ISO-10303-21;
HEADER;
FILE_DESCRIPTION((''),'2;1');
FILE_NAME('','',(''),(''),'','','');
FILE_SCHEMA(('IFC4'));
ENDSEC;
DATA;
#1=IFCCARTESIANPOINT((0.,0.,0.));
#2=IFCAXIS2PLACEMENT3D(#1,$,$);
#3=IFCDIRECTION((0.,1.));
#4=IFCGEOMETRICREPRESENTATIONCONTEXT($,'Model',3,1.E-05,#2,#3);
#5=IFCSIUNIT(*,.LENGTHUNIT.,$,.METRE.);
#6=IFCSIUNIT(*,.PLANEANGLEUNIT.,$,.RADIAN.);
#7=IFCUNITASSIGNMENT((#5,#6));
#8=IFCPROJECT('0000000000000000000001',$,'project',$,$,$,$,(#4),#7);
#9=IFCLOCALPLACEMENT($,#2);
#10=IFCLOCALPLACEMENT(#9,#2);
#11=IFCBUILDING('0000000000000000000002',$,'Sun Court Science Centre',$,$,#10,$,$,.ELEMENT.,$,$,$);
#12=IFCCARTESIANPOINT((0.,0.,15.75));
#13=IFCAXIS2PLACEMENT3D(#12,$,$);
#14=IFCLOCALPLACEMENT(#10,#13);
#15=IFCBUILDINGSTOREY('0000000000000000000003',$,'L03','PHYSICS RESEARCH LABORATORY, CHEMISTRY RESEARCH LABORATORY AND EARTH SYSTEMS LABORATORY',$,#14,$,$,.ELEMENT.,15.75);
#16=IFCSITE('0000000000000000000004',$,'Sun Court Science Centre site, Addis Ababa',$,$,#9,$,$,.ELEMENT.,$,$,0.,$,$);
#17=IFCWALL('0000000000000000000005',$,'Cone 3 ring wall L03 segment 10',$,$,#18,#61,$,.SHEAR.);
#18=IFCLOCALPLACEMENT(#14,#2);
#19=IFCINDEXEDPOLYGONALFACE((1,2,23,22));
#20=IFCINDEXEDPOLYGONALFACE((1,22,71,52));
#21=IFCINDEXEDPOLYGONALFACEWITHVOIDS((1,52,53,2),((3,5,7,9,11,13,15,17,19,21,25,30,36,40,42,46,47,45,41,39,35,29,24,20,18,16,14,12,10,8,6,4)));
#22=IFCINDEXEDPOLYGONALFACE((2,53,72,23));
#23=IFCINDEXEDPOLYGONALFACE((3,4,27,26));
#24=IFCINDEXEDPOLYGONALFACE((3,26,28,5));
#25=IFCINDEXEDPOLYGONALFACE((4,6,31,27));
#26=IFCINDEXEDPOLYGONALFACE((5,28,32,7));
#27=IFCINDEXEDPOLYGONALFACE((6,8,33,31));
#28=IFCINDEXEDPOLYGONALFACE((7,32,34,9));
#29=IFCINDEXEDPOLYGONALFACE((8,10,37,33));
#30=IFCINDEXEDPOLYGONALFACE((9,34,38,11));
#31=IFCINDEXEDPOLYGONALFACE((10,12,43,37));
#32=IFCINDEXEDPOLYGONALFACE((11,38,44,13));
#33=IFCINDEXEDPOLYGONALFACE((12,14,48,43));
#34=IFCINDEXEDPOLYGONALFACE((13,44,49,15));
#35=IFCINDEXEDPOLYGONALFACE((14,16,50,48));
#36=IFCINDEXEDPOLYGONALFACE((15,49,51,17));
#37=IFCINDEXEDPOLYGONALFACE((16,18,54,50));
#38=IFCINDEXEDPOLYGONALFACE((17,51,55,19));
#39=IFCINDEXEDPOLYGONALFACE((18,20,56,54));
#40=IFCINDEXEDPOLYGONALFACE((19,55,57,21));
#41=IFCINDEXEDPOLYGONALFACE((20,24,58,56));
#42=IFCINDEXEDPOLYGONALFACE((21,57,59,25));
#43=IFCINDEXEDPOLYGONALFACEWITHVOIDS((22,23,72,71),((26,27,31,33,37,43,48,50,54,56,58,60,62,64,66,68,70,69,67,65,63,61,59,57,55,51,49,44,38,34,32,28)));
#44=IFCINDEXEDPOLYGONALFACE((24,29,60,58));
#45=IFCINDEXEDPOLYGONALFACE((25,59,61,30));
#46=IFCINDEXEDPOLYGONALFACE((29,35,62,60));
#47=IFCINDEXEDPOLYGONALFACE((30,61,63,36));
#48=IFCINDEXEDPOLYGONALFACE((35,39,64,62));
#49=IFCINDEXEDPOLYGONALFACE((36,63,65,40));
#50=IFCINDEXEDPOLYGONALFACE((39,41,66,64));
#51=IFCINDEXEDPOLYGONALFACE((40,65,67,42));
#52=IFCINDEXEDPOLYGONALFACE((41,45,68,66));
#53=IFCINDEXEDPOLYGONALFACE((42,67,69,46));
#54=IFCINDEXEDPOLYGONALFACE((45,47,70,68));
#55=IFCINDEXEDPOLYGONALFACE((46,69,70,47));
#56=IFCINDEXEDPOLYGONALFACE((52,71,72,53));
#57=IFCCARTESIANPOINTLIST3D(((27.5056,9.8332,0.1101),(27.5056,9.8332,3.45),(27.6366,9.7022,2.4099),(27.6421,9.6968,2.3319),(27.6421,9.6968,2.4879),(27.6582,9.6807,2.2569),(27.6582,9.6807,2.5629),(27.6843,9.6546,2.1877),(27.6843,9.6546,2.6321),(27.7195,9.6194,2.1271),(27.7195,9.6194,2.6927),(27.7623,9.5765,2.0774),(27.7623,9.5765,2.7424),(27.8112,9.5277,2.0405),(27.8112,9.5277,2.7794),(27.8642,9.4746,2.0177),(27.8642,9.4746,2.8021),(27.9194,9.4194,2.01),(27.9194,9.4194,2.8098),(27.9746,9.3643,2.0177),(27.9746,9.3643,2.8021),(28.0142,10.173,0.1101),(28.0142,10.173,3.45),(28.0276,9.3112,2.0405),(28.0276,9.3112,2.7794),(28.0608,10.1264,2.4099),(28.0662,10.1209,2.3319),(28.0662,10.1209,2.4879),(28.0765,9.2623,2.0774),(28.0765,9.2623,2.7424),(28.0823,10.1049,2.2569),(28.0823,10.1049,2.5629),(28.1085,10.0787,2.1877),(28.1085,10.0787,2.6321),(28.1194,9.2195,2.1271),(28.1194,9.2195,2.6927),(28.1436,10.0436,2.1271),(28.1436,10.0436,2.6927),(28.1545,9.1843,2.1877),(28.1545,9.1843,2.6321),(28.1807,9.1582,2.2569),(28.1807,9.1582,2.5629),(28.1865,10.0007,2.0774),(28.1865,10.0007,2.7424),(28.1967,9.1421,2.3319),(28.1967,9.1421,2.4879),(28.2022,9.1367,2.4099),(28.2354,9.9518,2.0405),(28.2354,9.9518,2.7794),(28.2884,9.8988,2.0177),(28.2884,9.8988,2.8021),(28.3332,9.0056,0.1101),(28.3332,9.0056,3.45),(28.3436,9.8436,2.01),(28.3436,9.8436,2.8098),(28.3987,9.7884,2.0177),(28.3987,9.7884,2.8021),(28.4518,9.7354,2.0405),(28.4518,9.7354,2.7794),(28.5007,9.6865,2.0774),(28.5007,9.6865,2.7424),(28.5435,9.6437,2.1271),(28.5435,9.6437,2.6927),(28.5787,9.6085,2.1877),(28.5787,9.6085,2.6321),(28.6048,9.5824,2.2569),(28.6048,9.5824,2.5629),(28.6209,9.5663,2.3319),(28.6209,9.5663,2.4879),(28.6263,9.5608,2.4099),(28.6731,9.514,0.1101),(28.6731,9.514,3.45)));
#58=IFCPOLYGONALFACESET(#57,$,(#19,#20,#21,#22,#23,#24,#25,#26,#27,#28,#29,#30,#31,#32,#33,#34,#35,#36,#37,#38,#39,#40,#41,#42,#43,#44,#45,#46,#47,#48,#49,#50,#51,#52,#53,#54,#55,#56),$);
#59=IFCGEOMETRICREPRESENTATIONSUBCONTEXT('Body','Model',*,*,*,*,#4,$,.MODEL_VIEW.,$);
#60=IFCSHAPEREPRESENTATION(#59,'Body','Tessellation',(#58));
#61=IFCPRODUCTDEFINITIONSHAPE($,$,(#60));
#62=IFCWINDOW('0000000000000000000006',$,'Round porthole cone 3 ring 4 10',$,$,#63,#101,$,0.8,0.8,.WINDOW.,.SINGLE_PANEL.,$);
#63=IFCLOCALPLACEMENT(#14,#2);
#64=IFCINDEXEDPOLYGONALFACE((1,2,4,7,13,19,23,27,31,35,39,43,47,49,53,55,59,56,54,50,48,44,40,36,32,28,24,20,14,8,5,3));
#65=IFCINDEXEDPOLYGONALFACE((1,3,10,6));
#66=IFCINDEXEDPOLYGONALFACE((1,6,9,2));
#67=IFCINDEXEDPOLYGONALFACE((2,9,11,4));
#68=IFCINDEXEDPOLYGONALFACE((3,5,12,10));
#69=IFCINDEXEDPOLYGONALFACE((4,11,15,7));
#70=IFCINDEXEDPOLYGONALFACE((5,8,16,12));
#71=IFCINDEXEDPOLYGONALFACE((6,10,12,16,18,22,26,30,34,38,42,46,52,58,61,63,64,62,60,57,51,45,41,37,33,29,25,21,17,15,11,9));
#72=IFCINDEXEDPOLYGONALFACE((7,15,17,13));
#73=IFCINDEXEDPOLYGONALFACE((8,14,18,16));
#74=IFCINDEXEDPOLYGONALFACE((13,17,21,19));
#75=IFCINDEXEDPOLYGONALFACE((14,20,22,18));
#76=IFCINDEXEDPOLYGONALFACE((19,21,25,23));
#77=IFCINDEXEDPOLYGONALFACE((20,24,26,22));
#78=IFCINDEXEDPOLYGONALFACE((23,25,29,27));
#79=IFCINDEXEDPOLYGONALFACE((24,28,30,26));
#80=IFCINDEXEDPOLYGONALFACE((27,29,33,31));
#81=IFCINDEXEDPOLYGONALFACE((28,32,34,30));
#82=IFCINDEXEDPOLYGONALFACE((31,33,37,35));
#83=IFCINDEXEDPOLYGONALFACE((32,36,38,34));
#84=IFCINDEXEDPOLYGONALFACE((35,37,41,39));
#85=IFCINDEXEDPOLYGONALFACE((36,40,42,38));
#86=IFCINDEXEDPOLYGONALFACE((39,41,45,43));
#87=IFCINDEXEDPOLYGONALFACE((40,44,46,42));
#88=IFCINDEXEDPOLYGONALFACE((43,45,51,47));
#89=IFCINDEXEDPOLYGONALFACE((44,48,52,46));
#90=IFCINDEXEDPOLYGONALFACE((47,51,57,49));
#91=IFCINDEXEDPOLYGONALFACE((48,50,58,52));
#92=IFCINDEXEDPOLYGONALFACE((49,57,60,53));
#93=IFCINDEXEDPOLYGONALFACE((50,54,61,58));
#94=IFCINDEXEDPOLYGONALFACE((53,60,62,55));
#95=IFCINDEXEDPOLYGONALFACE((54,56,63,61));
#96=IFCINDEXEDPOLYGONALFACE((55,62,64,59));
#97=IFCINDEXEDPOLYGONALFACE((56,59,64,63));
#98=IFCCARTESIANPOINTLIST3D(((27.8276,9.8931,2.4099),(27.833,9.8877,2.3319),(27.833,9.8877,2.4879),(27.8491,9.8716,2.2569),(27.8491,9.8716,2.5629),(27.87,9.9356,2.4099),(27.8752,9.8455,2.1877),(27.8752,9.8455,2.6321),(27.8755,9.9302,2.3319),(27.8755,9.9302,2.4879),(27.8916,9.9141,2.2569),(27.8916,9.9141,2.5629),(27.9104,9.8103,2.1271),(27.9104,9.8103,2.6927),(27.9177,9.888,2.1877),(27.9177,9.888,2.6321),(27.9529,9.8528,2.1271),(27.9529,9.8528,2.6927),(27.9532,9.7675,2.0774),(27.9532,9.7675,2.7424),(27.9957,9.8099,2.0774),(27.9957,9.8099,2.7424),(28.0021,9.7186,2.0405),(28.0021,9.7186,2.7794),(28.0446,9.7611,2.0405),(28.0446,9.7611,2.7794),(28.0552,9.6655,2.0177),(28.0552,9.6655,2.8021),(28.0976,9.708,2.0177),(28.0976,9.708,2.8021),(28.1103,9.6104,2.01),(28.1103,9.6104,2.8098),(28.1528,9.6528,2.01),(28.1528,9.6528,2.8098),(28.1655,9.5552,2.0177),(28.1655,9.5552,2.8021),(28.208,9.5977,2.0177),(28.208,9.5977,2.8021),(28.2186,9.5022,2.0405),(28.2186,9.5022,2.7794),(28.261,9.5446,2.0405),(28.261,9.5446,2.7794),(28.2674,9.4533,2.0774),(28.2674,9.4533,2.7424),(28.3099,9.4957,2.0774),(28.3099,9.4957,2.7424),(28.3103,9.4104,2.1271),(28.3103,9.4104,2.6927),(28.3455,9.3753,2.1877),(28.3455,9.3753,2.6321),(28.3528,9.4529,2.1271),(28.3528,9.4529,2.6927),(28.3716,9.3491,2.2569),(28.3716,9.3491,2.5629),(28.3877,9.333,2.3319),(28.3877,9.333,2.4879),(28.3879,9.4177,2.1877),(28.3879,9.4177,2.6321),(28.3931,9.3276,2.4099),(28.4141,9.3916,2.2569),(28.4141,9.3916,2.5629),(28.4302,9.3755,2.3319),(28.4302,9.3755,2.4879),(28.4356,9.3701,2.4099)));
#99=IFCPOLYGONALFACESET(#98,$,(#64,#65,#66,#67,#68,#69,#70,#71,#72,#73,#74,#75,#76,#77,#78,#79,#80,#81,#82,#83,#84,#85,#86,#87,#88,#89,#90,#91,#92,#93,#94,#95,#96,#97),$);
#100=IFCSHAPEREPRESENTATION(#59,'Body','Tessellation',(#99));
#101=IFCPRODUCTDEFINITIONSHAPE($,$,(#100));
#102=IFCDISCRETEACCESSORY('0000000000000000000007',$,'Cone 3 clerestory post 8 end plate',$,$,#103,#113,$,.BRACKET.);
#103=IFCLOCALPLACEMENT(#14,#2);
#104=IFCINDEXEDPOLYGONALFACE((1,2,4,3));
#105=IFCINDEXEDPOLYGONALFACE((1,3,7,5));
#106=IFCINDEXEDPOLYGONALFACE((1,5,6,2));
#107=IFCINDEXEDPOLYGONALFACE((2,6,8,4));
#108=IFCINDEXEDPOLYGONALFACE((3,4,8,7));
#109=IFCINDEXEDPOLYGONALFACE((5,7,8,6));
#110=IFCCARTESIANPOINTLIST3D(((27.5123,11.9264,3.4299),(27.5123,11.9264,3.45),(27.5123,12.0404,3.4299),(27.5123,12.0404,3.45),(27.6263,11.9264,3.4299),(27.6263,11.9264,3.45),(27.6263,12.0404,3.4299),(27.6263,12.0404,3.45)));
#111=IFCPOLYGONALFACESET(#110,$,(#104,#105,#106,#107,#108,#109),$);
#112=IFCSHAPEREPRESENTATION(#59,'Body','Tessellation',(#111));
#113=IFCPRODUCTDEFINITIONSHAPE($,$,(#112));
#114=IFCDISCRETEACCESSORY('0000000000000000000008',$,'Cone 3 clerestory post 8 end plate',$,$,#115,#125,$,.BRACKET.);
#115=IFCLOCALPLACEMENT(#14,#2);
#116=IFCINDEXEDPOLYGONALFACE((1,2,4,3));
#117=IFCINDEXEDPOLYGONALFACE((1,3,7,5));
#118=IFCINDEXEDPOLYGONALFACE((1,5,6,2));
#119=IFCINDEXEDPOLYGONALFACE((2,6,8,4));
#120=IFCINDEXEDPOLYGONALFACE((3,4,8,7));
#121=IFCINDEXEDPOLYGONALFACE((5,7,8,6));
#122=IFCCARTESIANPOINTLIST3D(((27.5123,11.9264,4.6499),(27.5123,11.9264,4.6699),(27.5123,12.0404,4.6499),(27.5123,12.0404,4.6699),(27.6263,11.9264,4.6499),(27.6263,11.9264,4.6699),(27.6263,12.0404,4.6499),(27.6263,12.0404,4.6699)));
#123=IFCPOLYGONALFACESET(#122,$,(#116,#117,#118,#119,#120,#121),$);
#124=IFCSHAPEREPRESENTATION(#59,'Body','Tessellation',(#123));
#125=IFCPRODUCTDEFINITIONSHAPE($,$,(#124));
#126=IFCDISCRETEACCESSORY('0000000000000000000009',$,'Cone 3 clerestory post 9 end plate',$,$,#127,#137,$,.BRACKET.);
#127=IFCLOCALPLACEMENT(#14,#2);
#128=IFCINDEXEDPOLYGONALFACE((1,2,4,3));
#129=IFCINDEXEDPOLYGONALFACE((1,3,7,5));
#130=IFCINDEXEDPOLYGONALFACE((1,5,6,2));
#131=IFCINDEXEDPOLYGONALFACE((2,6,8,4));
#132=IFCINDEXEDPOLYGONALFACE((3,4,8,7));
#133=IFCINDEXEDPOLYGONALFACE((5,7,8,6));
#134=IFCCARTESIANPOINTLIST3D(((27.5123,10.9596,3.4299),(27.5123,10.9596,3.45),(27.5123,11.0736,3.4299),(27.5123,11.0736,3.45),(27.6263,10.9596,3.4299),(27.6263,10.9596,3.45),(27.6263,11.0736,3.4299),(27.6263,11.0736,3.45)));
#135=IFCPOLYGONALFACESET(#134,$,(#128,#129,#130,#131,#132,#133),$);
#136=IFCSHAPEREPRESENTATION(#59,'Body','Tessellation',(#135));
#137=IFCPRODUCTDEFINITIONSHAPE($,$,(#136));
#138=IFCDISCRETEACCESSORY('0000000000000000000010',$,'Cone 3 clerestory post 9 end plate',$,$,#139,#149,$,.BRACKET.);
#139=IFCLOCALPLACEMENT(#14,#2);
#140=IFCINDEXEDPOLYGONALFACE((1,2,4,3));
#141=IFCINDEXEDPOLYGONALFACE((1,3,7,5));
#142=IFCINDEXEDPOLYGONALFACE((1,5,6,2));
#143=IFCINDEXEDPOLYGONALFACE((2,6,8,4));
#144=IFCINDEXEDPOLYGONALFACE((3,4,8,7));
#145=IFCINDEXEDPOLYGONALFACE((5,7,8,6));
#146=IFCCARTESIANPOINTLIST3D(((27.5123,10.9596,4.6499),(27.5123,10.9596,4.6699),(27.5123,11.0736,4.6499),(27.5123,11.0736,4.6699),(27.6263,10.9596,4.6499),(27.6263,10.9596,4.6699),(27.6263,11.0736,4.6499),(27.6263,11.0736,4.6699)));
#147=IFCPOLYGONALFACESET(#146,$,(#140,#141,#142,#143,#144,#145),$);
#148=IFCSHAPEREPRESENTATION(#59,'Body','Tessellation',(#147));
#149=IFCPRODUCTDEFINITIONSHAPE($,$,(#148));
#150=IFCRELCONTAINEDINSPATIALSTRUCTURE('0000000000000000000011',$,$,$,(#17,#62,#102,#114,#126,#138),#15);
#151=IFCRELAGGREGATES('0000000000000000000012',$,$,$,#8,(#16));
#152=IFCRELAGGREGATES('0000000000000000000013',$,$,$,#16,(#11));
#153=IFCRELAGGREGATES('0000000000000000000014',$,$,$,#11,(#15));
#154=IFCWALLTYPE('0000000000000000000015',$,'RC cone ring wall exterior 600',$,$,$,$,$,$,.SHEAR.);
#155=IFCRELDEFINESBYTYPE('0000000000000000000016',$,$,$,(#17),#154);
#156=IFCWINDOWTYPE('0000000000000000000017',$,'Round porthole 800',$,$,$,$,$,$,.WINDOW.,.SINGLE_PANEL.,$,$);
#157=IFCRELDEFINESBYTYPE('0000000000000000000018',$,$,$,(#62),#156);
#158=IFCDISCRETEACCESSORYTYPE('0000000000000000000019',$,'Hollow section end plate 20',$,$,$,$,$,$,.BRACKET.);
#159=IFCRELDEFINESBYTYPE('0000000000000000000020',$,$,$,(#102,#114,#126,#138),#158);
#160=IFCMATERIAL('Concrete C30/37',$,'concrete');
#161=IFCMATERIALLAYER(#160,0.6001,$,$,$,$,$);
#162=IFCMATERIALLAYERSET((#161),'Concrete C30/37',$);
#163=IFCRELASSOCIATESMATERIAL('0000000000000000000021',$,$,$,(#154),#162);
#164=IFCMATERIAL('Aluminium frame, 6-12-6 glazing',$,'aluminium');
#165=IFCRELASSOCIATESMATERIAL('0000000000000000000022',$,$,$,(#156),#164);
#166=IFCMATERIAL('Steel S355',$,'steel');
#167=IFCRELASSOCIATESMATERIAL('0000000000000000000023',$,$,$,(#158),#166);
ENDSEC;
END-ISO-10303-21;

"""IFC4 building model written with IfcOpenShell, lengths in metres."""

from ifc_helpers import new_model, si_unit, direction, frame, frame_2d, origin, origin_2d, place, context, subcontext, project, spatial, polyline, rectangle, circle, outline, extrude, material, layer, layer_set, type_object, element, fill, save


model = new_model("IFC4")

# Units and contexts
model_context = context("Model", 3, precision=1e-05, world=origin(), true_north=direction((0.0, 1.0)))
body_context = subcontext(model_context, "Body", "Model", "MODEL_VIEW")
ifc_project = project(units=[si_unit("LENGTHUNIT", "METRE"), si_unit("PLANEANGLEUNIT", "RADIAN")], contexts=[model_context])

# Site, building, storey
site_placement = place(None, origin())
site = spatial("IfcSite", under=ifc_project, at=site_placement, Name="Sun Court Science Centre site, Addis Ababa", CompositionType="ELEMENT", RefElevation=0.0)
building_placement = place(site_placement, origin())
building = spatial("IfcBuilding", under=site, at=building_placement, Name="Sun Court Science Centre", CompositionType="ELEMENT")
storey_placement = place(building_placement, frame((0.0, 0.0, 15.75)))
storey = spatial("IfcBuildingStorey", under=building, at=storey_placement, Name="L03", Description="PHYSICS RESEARCH LABORATORY, CHEMISTRY RESEARCH LABORATORY AND EARTH SYSTEMS LABORATORY", CompositionType="ELEMENT", Elevation=15.75)

# Wall, opening, window
ifc_material_1 = material(Name="Concrete C30/37", Category="concrete")
ifc_layer_1 = layer(ifc_material_1, 0.6001)
ifc_layer_set_1 = layer_set([ifc_layer_1], Name="Concrete C30/37")
wall_type = type_object("IfcWallType", Name="RC cone ring wall exterior 600", PredefinedType="SHEAR", material=ifc_layer_set_1)
ifc_material_2 = material(Name="Aluminium frame, 6-12-6 glazing", Category="aluminium")
window_type = type_object("IfcWindowType", Name="Round porthole 800", PartitioningType="SINGLE_PANEL", PredefinedType="WINDOW", material=ifc_material_2)
wall_1_placement = place(storey_placement, frame((27.7178, 10.0454, 0.1101), z_axis=(0.0, 0.0, 1.0), x_axis=(0.707107, -0.707107, 0.0)))
wall_1 = element("IfcWall", 1, at=wall_1_placement, inside=storey, type_object=wall_type, Name="Cone 3 ring wall L03 segment 10", PredefinedType="SHEAR", context=body_context, shape_type="SweptSolid", body=[
    extrude(outline(polyline([(0.0, -0.3), (1.1704, -0.3), (1.0513, 0.2998), (0.1194, 0.2998), (0.0, -0.3)])), origin(), (0.0, 0.0, 1.0), 3.3398),
])
opening_1_placement = place(wall_1_placement, frame((0.1853, 0.0, 1.8999)))
opening_1 = element("IfcOpeningElement", 2, at=opening_1_placement, cuts=wall_1, PredefinedType="OPENING", context=body_context, shape_type="SweptSolid", body=[
    extrude(circle(Radius=0.3999, at=frame_2d((0.3999, 0.3999))), frame((0.0, 0.3101, 0.0), z_axis=(0.0, -1.0, 0.0), x_axis=(1.0, 0.0, 0.0)), (0.0, 0.0, 1.0), 0.6201),
])
window_1_placement = place(opening_1_placement, origin())
window_1 = element("IfcWindow", 3, at=window_1_placement, inside=storey, type_object=window_type, Name="Round porthole cone 3 ring 4 10", OverallHeight=0.8, OverallWidth=0.8, PartitioningType="SINGLE_PANEL", PredefinedType="WINDOW", context=body_context, shape_type="SweptSolid", body=[
    extrude(circle(Radius=0.3999, at=frame_2d((0.3999, 0.3999))), frame((0.0, 0.03, 0.0), z_axis=(0.0, -1.0, 0.0), x_axis=(1.0, 0.0, 0.0)), (0.0, 0.0, 1.0), 0.0601),
])
fill(opening_1, window_1)

# Discrete accessories
ifc_material_3 = material(Name="Steel S355", Category="steel")
discrete_accessory_type = type_object("IfcDiscreteAccessoryType", Name="Hollow section end plate 20", PredefinedType="BRACKET", material=ifc_material_3)
for number, where, z_axis, x_axis, name in (
    (4, (27.5693, 11.9834, 3.4299), (0.0, 0.0, 1.0), (1.0, 0.0, 0.0), "Cone 3 clerestory post 8 end plate"),
    (5, (27.5693, 11.9834, 4.6499), (0.0, 0.0, 1.0), (1.0, 0.0, 0.0), "Cone 3 clerestory post 8 end plate"),
    (6, (27.5693, 11.0166, 3.4299), (0.0, 0.0, 1.0), (1.0, 0.0, 0.0), "Cone 3 clerestory post 9 end plate"),
    (7, (27.5693, 11.0166, 4.6499), (0.0, 0.0, 1.0), (1.0, 0.0, 0.0), "Cone 3 clerestory post 9 end plate"),
):
    element("IfcDiscreteAccessory", number, at=place(storey_placement, frame(where, z_axis=z_axis, x_axis=x_axis)), inside=storey, type_object=discrete_accessory_type, Name=name, PredefinedType="BRACKET", context=body_context, shape_type="SweptSolid", body=[
        extrude(rectangle(XDim=0.114, YDim=0.114, at=origin_2d()), origin(), (0.0, 0.0, 1.0), 0.02),
    ])

save(model, "model.ifc")
